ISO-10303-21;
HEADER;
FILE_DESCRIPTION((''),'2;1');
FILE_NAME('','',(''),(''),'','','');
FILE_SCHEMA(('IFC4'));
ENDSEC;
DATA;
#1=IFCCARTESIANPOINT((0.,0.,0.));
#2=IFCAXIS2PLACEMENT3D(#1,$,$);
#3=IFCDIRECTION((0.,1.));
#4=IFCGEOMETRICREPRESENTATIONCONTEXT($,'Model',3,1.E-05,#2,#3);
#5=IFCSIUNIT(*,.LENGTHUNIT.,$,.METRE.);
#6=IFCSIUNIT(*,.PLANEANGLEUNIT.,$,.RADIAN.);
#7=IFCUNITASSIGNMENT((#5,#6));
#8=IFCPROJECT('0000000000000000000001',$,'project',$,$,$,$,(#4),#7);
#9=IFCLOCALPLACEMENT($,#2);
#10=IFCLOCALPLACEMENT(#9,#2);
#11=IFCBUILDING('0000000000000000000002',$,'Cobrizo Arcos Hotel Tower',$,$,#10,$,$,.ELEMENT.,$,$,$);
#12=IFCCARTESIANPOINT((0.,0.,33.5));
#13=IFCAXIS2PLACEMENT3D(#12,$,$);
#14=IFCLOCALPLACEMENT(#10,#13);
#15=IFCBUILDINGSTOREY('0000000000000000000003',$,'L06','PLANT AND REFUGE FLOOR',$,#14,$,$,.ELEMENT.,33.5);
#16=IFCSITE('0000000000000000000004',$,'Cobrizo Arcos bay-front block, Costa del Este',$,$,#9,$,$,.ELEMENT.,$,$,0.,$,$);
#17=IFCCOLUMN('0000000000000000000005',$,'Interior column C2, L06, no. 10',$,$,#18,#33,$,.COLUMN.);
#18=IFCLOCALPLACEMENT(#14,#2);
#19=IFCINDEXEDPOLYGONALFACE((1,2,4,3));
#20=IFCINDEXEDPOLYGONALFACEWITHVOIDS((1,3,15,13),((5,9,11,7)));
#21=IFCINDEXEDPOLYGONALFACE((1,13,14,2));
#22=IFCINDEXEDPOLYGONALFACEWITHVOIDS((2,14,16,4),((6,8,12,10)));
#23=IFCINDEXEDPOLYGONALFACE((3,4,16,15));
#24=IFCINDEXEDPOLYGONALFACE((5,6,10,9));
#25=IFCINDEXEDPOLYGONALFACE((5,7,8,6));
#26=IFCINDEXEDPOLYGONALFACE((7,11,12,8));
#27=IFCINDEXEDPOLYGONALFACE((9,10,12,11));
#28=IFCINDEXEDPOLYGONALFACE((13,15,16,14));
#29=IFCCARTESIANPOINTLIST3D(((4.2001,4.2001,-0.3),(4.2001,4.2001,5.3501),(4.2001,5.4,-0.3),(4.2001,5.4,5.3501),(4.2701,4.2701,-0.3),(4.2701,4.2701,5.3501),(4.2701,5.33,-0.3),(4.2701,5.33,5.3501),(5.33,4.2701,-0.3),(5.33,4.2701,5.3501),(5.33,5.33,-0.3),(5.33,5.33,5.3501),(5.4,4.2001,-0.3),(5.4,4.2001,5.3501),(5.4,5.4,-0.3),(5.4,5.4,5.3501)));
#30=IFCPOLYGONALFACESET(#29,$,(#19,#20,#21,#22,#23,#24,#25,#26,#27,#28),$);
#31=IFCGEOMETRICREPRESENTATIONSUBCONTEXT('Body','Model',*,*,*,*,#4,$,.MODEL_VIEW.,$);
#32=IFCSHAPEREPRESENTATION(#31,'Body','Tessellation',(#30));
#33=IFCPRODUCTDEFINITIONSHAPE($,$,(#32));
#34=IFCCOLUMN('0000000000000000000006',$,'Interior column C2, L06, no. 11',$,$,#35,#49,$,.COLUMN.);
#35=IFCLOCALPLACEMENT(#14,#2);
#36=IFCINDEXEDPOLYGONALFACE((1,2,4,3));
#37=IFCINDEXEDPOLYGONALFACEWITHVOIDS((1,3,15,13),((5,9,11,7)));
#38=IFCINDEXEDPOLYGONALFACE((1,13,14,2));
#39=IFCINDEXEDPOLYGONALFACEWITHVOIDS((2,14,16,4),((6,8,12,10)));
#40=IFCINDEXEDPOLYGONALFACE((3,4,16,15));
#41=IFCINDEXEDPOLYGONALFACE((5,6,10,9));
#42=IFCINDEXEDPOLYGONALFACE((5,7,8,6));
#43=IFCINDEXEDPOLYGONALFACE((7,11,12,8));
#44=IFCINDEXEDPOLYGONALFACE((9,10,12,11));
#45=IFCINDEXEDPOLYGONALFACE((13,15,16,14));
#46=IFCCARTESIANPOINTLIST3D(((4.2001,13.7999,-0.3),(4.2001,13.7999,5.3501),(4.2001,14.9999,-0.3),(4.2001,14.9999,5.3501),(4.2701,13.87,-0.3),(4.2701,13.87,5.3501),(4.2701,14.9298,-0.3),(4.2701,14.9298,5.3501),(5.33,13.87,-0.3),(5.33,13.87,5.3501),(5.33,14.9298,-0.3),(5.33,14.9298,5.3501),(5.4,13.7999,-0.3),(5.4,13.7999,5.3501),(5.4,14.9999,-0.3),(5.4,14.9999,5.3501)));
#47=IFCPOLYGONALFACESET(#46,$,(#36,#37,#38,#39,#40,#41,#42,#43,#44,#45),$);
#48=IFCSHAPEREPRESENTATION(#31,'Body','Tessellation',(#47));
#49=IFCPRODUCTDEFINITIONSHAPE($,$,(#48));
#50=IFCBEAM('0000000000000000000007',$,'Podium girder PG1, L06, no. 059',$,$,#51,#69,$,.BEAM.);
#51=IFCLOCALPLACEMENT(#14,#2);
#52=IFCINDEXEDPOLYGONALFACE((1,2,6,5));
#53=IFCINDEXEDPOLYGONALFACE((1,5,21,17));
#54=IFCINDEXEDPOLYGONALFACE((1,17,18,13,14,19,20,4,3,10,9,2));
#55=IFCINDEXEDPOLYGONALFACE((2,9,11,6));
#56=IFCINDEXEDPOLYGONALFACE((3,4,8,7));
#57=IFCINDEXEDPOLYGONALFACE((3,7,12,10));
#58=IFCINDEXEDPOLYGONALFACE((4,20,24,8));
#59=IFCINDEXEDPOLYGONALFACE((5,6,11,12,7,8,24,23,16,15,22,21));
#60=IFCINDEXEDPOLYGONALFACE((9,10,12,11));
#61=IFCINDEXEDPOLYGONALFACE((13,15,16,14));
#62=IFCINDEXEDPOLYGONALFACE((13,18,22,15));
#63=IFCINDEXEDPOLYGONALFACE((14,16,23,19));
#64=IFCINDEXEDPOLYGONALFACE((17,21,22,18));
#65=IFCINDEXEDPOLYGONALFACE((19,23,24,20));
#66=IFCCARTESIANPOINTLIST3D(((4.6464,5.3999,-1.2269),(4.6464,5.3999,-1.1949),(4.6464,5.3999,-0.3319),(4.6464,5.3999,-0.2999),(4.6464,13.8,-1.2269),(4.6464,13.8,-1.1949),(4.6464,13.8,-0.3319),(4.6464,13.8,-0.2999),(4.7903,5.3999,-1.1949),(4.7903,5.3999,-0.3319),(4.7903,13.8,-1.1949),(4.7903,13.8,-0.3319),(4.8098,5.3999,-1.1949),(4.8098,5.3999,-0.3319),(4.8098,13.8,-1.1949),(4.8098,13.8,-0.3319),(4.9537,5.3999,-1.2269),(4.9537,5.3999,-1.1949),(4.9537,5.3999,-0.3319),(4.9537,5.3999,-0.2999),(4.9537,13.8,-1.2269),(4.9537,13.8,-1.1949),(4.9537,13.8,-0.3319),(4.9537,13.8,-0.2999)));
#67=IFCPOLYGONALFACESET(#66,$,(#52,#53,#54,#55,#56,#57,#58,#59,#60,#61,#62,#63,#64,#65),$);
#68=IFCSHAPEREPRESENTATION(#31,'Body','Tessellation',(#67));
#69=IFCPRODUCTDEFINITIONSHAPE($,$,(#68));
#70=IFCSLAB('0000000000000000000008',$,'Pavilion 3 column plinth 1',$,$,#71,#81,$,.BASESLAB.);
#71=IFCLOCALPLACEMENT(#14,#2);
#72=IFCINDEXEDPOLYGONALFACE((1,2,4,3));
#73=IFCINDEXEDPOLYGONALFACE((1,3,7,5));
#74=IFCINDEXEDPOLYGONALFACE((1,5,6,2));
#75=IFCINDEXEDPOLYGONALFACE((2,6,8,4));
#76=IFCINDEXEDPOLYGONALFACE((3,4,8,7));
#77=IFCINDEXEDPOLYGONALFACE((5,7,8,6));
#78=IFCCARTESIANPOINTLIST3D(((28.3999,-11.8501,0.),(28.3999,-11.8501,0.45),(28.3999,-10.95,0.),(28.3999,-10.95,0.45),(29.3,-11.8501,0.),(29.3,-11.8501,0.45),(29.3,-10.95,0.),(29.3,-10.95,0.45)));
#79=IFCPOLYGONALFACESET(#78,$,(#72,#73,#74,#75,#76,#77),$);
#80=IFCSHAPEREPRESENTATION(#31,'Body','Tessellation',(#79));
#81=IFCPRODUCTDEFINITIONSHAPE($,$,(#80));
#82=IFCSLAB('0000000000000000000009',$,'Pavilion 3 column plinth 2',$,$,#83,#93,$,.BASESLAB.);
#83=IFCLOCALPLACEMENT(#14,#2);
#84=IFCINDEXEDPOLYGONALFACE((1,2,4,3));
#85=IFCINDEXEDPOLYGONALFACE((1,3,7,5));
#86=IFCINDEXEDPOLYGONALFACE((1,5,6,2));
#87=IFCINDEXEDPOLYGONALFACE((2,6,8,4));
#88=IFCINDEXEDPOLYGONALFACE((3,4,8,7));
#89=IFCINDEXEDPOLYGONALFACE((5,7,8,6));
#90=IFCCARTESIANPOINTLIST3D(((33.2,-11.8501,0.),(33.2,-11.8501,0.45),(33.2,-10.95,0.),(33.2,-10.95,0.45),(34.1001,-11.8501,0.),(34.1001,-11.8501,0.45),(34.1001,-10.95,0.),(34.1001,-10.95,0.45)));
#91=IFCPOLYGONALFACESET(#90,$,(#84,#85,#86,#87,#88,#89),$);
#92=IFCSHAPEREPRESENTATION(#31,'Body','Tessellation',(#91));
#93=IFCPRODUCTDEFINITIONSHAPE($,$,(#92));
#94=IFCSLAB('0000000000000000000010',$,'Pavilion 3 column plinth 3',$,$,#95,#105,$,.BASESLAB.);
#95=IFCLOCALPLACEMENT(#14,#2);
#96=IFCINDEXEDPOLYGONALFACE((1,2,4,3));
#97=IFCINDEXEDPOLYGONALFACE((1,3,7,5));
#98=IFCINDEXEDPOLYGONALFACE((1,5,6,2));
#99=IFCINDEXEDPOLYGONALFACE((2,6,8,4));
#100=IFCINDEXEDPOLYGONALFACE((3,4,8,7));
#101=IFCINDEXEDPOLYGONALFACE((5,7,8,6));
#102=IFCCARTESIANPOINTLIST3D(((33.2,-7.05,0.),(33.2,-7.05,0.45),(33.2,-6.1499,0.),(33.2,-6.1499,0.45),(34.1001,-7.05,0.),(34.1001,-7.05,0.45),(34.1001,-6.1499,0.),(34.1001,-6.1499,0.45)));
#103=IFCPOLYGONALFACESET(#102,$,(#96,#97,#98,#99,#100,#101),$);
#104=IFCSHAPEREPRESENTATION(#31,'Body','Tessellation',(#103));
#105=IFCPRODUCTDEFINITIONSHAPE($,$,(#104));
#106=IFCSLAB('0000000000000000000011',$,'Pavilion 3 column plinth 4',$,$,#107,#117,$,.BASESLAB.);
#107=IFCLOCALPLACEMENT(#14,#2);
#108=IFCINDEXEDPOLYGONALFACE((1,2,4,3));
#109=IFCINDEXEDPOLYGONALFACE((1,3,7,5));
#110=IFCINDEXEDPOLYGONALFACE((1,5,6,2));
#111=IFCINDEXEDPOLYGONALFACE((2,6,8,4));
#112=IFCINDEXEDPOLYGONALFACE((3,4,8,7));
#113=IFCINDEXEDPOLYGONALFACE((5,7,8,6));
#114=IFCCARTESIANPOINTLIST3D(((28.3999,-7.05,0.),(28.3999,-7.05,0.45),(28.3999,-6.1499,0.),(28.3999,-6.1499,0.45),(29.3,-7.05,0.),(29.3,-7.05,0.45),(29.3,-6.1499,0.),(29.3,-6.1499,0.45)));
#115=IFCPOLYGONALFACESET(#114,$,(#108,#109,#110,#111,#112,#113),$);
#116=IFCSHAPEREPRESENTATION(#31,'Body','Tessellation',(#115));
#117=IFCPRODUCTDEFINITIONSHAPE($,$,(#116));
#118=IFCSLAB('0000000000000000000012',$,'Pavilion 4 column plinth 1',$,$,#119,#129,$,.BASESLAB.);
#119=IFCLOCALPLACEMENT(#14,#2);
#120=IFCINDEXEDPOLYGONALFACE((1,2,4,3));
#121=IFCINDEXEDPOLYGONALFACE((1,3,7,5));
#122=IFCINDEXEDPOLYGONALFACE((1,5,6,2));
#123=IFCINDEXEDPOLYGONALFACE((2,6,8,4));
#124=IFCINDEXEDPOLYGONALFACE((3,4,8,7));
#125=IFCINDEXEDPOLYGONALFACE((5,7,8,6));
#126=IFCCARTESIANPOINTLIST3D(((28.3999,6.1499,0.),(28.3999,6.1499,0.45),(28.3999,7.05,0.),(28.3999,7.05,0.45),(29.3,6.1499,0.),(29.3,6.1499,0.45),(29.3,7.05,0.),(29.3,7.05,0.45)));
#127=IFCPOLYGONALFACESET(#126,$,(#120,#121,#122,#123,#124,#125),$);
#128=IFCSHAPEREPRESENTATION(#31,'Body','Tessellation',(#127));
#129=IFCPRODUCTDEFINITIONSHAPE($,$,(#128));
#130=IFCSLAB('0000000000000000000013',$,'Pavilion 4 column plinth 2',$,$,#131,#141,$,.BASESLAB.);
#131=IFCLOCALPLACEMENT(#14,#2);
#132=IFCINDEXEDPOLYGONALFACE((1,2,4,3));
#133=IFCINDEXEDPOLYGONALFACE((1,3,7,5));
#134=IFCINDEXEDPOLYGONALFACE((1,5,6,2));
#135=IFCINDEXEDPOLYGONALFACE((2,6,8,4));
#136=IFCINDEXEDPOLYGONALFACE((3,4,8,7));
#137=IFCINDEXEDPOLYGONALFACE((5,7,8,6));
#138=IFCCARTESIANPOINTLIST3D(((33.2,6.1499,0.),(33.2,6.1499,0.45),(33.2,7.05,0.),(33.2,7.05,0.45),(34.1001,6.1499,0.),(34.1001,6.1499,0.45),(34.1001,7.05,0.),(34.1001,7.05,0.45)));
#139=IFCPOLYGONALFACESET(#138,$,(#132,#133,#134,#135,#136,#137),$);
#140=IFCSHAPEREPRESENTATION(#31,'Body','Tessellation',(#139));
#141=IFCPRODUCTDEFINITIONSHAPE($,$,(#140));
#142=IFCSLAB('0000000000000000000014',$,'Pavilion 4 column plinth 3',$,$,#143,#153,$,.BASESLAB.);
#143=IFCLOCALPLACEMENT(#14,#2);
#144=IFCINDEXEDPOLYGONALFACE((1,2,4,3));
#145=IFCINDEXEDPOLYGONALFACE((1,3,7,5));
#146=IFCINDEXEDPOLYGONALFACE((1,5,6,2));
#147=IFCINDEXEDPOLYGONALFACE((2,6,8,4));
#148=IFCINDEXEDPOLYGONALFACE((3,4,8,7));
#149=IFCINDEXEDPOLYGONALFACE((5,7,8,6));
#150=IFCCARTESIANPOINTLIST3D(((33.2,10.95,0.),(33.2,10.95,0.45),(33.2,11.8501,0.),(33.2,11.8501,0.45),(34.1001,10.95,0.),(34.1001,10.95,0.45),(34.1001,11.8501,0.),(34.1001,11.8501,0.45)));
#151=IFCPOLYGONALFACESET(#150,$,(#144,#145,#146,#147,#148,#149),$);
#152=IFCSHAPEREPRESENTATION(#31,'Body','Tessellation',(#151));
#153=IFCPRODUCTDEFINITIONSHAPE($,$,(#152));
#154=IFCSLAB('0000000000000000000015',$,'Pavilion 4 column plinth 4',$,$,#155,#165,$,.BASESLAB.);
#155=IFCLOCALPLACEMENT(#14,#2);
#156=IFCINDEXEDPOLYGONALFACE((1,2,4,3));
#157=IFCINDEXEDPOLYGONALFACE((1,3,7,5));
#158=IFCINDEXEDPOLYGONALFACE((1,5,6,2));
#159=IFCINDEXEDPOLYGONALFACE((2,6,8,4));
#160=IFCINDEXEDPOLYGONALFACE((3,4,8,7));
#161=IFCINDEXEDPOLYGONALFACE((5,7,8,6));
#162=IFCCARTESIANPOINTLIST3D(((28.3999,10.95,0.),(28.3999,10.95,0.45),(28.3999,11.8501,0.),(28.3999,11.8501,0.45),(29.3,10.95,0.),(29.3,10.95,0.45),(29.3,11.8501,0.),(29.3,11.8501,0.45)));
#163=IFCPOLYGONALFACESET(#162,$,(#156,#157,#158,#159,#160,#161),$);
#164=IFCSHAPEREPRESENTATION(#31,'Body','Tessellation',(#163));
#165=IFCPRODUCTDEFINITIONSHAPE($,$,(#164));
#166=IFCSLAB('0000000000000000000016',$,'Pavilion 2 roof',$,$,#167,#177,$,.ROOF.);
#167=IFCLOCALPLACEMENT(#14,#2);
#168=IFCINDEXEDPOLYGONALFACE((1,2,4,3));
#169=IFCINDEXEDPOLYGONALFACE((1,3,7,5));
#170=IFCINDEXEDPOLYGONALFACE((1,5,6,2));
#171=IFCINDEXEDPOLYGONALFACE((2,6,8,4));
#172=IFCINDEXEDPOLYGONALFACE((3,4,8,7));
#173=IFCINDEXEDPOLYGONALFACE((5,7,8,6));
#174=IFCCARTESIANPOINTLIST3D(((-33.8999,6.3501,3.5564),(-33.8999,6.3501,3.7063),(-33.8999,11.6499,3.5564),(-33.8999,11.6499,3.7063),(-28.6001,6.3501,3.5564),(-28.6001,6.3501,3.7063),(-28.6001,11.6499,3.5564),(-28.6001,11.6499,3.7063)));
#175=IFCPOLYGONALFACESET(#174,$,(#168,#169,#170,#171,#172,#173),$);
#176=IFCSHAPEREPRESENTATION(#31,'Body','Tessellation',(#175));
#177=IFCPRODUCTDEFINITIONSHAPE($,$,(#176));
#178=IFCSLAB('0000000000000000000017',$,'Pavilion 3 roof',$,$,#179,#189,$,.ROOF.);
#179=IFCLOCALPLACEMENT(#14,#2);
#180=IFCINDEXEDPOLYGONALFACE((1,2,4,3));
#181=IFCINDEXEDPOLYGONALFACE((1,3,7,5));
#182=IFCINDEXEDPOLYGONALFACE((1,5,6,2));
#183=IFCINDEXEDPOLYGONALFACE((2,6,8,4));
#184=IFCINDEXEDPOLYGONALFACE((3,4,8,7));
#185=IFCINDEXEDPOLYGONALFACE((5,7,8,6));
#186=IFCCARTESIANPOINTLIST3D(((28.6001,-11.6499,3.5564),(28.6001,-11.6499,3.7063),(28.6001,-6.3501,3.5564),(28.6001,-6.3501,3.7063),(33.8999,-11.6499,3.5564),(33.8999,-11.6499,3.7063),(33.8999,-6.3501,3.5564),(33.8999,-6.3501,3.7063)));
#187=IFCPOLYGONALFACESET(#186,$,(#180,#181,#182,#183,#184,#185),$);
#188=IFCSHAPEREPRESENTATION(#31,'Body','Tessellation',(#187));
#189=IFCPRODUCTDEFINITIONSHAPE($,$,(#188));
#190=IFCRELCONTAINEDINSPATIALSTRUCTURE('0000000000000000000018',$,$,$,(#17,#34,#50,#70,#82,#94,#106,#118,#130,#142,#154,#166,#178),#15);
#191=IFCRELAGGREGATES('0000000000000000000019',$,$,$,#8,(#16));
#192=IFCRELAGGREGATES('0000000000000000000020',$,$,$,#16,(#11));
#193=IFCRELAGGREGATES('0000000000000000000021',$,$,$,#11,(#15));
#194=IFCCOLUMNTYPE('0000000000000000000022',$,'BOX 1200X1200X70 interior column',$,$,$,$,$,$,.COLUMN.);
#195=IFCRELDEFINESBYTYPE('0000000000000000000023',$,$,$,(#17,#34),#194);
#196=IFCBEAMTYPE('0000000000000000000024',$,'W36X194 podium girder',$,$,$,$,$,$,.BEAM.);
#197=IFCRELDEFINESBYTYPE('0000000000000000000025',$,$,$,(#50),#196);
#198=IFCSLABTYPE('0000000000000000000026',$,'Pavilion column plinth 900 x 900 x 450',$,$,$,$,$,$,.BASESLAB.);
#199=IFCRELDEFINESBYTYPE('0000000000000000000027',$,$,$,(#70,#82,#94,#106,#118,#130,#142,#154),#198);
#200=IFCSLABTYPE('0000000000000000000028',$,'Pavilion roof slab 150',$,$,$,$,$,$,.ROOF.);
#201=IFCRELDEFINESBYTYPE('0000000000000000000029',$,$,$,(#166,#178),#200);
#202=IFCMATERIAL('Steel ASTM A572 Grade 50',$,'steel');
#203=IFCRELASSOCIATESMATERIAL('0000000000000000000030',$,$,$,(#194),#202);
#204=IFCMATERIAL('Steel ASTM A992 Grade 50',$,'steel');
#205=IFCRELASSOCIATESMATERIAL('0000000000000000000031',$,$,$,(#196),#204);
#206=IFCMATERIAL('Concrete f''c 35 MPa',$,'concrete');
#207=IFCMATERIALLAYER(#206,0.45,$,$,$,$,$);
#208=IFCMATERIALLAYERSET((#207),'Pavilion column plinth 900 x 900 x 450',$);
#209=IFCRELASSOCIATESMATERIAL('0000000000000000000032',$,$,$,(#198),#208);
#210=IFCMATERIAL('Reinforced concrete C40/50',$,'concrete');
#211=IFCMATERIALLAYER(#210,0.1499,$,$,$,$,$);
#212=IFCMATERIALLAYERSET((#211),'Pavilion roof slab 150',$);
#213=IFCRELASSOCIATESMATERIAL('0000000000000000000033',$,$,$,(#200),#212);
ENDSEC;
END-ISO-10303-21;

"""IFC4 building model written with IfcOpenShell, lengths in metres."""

from ifc_helpers import new_model, si_unit, direction, frame, origin, origin_2d, place, context, subcontext, project, spatial, polyline, hollow_rectangle, i_section, outline, extrude, material, layer, layer_set, material_profile, profile_set, type_object, element, save


model = new_model("IFC4")

# Units and contexts
model_context = context("Model", 3, precision=1e-05, world=origin(), true_north=direction((0.0, 1.0)))
body_context = subcontext(model_context, "Body", "Model", "MODEL_VIEW")
ifc_project = project(units=[si_unit("LENGTHUNIT", "METRE"), si_unit("PLANEANGLEUNIT", "RADIAN")], contexts=[model_context])

# Site, building, storey
site_placement = place(None, origin())
site = spatial("IfcSite", under=ifc_project, at=site_placement, Name="Cobrizo Arcos bay-front block, Costa del Este", CompositionType="ELEMENT", RefElevation=0.0)
building_placement = place(site_placement, origin())
building = spatial("IfcBuilding", under=site, at=building_placement, Name="Cobrizo Arcos Hotel Tower", CompositionType="ELEMENT")
storey_placement = place(building_placement, frame((0.0, 0.0, 33.5)))
storey = spatial("IfcBuildingStorey", under=building, at=storey_placement, Name="L06", Description="PLANT AND REFUGE FLOOR", CompositionType="ELEMENT", Elevation=33.5)

# Columns
ifc_material_1 = material(Name="Steel ASTM A572 Grade 50", Category="steel")
ifc_material_profile_1 = material_profile(ifc_material_1, hollow_rectangle(XDim=1.2, YDim=1.2, WallThickness=0.0701, at=origin_2d()), Name="BOX 1200X1200X70")
ifc_profile_set_1 = profile_set([ifc_material_profile_1], Name="Steel ASTM A572 Grade 50")
column_type = type_object("IfcColumnType", Name="BOX 1200X1200X70 interior column", PredefinedType="COLUMN", material=ifc_profile_set_1)
for number, where, z_axis, x_axis, name in (
    (1, (4.8, 4.8, -0.3), (0.0, 0.0, 1.0), (1.0, 0.0, 0.0), "Interior column C2, L06, no. 10"),
    (2, (4.8, 14.3999, -0.3), (0.0, 0.0, 1.0), (1.0, 0.0, 0.0), "Interior column C2, L06, no. 11"),
):
    element("IfcColumn", number, at=place(storey_placement, frame(where, z_axis=z_axis, x_axis=x_axis)), inside=storey, type_object=column_type, Name=name, PredefinedType="COLUMN", context=body_context, shape_type="SweptSolid", body=[
        extrude(hollow_rectangle(XDim=1.2, YDim=1.2, WallThickness=0.0701, at=origin_2d()), origin(), (0.0, 0.0, 1.0), 5.6501),
    ])

# Beam
ifc_material_2 = material(Name="Steel ASTM A992 Grade 50", Category="steel")
ifc_material_profile_2 = material_profile(ifc_material_2, i_section(OverallWidth=0.3074, OverallDepth=0.927, WebThickness=0.0195, FlangeThickness=0.032, at=origin_2d()), Name="W36X194")
ifc_profile_set_2 = profile_set([ifc_material_profile_2], Name="Steel ASTM A992 Grade 50")
beam_type = type_object("IfcBeamType", Name="W36X194 podium girder", PredefinedType="BEAM", material=ifc_profile_set_2)
beam_placement = place(storey_placement, frame((4.8, 5.3999, -0.7634), z_axis=(0.0, 1.0, 0.0), x_axis=(-1.0, 0.0, 0.0)))
element("IfcBeam", 3, at=beam_placement, inside=storey, type_object=beam_type, Name="Podium girder PG1, L06, no. 059", PredefinedType="BEAM", context=body_context, shape_type="SweptSolid", body=[
    extrude(i_section(OverallWidth=0.3074, OverallDepth=0.927, WebThickness=0.0195, FlangeThickness=0.032, at=origin_2d()), origin(), (0.0, 0.0, 1.0), 8.4001),
])

# Slabs
ifc_material_3 = material(Name="Concrete f'c 35 MPa", Category="concrete")
ifc_layer_1 = layer(ifc_material_3, 0.45)
ifc_layer_set_1 = layer_set([ifc_layer_1], Name="Pavilion column plinth 900 x 900 x 450")
slab_type_1 = type_object("IfcSlabType", Name="Pavilion column plinth 900 x 900 x 450", PredefinedType="BASESLAB", material=ifc_layer_set_1)
slab_1_placement = place(storey_placement, origin())
element("IfcSlab", 4, at=slab_1_placement, inside=storey, type_object=slab_type_1, Name="Pavilion 3 column plinth 1", PredefinedType="BASESLAB", context=body_context, shape_type="SweptSolid", body=[
    extrude(outline(polyline([(29.3, -11.8501), (29.3, -10.95), (28.3999, -10.95), (28.3999, -11.8501), (29.3, -11.8501)])), origin(), (0.0, 0.0, 1.0), 0.45),
])
slab_2_placement = place(storey_placement, origin())
element("IfcSlab", 5, at=slab_2_placement, inside=storey, type_object=slab_type_1, Name="Pavilion 3 column plinth 2", PredefinedType="BASESLAB", context=body_context, shape_type="SweptSolid", body=[
    extrude(outline(polyline([(34.1001, -11.8501), (34.1001, -10.95), (33.2, -10.95), (33.2, -11.8501), (34.1001, -11.8501)])), origin(), (0.0, 0.0, 1.0), 0.45),
])
slab_3_placement = place(storey_placement, origin())
element("IfcSlab", 6, at=slab_3_placement, inside=storey, type_object=slab_type_1, Name="Pavilion 3 column plinth 3", PredefinedType="BASESLAB", context=body_context, shape_type="SweptSolid", body=[
    extrude(outline(polyline([(34.1001, -7.05), (34.1001, -6.1499), (33.2, -6.1499), (33.2, -7.05), (34.1001, -7.05)])), origin(), (0.0, 0.0, 1.0), 0.45),
])
slab_4_placement = place(storey_placement, origin())
element("IfcSlab", 7, at=slab_4_placement, inside=storey, type_object=slab_type_1, Name="Pavilion 3 column plinth 4", PredefinedType="BASESLAB", context=body_context, shape_type="SweptSolid", body=[
    extrude(outline(polyline([(29.3, -7.05), (29.3, -6.1499), (28.3999, -6.1499), (28.3999, -7.05), (29.3, -7.05)])), origin(), (0.0, 0.0, 1.0), 0.45),
])
slab_5_placement = place(storey_placement, origin())
element("IfcSlab", 8, at=slab_5_placement, inside=storey, type_object=slab_type_1, Name="Pavilion 4 column plinth 1", PredefinedType="BASESLAB", context=body_context, shape_type="SweptSolid", body=[
    extrude(outline(polyline([(29.3, 6.1499), (29.3, 7.05), (28.3999, 7.05), (28.3999, 6.1499), (29.3, 6.1499)])), origin(), (0.0, 0.0, 1.0), 0.45),
])
slab_6_placement = place(storey_placement, origin())
element("IfcSlab", 9, at=slab_6_placement, inside=storey, type_object=slab_type_1, Name="Pavilion 4 column plinth 2", PredefinedType="BASESLAB", context=body_context, shape_type="SweptSolid", body=[
    extrude(outline(polyline([(34.1001, 6.1499), (34.1001, 7.05), (33.2, 7.05), (33.2, 6.1499), (34.1001, 6.1499)])), origin(), (0.0, 0.0, 1.0), 0.45),
])
slab_7_placement = place(storey_placement, origin())
element("IfcSlab", 10, at=slab_7_placement, inside=storey, type_object=slab_type_1, Name="Pavilion 4 column plinth 3", PredefinedType="BASESLAB", context=body_context, shape_type="SweptSolid", body=[
    extrude(outline(polyline([(34.1001, 10.95), (34.1001, 11.8501), (33.2, 11.8501), (33.2, 10.95), (34.1001, 10.95)])), origin(), (0.0, 0.0, 1.0), 0.45),
])
slab_8_placement = place(storey_placement, origin())
element("IfcSlab", 11, at=slab_8_placement, inside=storey, type_object=slab_type_1, Name="Pavilion 4 column plinth 4", PredefinedType="BASESLAB", context=body_context, shape_type="SweptSolid", body=[
    extrude(outline(polyline([(29.3, 10.95), (29.3, 11.8501), (28.3999, 11.8501), (28.3999, 10.95), (29.3, 10.95)])), origin(), (0.0, 0.0, 1.0), 0.45),
])
ifc_material_4 = material(Name="Reinforced concrete C40/50", Category="concrete")
ifc_layer_2 = layer(ifc_material_4, 0.1499)
ifc_layer_set_2 = layer_set([ifc_layer_2], Name="Pavilion roof slab 150")
slab_type_2 = type_object("IfcSlabType", Name="Pavilion roof slab 150", PredefinedType="ROOF", material=ifc_layer_set_2)
slab_9_placement = place(storey_placement, frame((0.0, 0.0, 3.5564)))
element("IfcSlab", 12, at=slab_9_placement, inside=storey, type_object=slab_type_2, Name="Pavilion 2 roof", PredefinedType="ROOF", context=body_context, shape_type="SweptSolid", body=[
    extrude(outline(polyline([(-33.8999, 6.3501), (-28.6001, 6.3501), (-28.6001, 11.6499), (-33.8999, 11.6499), (-33.8999, 6.3501)])), origin(), (0.0, 0.0, 1.0), 0.1499),
])
slab_10_placement = place(storey_placement, frame((0.0, 0.0, 3.5564)))
element("IfcSlab", 13, at=slab_10_placement, inside=storey, type_object=slab_type_2, Name="Pavilion 3 roof", PredefinedType="ROOF", context=body_context, shape_type="SweptSolid", body=[
    extrude(outline(polyline([(28.6001, -11.6499), (33.8999, -11.6499), (33.8999, -6.3501), (28.6001, -6.3501), (28.6001, -11.6499)])), origin(), (0.0, 0.0, 1.0), 0.1499),
])

save(model, "model.ifc")
